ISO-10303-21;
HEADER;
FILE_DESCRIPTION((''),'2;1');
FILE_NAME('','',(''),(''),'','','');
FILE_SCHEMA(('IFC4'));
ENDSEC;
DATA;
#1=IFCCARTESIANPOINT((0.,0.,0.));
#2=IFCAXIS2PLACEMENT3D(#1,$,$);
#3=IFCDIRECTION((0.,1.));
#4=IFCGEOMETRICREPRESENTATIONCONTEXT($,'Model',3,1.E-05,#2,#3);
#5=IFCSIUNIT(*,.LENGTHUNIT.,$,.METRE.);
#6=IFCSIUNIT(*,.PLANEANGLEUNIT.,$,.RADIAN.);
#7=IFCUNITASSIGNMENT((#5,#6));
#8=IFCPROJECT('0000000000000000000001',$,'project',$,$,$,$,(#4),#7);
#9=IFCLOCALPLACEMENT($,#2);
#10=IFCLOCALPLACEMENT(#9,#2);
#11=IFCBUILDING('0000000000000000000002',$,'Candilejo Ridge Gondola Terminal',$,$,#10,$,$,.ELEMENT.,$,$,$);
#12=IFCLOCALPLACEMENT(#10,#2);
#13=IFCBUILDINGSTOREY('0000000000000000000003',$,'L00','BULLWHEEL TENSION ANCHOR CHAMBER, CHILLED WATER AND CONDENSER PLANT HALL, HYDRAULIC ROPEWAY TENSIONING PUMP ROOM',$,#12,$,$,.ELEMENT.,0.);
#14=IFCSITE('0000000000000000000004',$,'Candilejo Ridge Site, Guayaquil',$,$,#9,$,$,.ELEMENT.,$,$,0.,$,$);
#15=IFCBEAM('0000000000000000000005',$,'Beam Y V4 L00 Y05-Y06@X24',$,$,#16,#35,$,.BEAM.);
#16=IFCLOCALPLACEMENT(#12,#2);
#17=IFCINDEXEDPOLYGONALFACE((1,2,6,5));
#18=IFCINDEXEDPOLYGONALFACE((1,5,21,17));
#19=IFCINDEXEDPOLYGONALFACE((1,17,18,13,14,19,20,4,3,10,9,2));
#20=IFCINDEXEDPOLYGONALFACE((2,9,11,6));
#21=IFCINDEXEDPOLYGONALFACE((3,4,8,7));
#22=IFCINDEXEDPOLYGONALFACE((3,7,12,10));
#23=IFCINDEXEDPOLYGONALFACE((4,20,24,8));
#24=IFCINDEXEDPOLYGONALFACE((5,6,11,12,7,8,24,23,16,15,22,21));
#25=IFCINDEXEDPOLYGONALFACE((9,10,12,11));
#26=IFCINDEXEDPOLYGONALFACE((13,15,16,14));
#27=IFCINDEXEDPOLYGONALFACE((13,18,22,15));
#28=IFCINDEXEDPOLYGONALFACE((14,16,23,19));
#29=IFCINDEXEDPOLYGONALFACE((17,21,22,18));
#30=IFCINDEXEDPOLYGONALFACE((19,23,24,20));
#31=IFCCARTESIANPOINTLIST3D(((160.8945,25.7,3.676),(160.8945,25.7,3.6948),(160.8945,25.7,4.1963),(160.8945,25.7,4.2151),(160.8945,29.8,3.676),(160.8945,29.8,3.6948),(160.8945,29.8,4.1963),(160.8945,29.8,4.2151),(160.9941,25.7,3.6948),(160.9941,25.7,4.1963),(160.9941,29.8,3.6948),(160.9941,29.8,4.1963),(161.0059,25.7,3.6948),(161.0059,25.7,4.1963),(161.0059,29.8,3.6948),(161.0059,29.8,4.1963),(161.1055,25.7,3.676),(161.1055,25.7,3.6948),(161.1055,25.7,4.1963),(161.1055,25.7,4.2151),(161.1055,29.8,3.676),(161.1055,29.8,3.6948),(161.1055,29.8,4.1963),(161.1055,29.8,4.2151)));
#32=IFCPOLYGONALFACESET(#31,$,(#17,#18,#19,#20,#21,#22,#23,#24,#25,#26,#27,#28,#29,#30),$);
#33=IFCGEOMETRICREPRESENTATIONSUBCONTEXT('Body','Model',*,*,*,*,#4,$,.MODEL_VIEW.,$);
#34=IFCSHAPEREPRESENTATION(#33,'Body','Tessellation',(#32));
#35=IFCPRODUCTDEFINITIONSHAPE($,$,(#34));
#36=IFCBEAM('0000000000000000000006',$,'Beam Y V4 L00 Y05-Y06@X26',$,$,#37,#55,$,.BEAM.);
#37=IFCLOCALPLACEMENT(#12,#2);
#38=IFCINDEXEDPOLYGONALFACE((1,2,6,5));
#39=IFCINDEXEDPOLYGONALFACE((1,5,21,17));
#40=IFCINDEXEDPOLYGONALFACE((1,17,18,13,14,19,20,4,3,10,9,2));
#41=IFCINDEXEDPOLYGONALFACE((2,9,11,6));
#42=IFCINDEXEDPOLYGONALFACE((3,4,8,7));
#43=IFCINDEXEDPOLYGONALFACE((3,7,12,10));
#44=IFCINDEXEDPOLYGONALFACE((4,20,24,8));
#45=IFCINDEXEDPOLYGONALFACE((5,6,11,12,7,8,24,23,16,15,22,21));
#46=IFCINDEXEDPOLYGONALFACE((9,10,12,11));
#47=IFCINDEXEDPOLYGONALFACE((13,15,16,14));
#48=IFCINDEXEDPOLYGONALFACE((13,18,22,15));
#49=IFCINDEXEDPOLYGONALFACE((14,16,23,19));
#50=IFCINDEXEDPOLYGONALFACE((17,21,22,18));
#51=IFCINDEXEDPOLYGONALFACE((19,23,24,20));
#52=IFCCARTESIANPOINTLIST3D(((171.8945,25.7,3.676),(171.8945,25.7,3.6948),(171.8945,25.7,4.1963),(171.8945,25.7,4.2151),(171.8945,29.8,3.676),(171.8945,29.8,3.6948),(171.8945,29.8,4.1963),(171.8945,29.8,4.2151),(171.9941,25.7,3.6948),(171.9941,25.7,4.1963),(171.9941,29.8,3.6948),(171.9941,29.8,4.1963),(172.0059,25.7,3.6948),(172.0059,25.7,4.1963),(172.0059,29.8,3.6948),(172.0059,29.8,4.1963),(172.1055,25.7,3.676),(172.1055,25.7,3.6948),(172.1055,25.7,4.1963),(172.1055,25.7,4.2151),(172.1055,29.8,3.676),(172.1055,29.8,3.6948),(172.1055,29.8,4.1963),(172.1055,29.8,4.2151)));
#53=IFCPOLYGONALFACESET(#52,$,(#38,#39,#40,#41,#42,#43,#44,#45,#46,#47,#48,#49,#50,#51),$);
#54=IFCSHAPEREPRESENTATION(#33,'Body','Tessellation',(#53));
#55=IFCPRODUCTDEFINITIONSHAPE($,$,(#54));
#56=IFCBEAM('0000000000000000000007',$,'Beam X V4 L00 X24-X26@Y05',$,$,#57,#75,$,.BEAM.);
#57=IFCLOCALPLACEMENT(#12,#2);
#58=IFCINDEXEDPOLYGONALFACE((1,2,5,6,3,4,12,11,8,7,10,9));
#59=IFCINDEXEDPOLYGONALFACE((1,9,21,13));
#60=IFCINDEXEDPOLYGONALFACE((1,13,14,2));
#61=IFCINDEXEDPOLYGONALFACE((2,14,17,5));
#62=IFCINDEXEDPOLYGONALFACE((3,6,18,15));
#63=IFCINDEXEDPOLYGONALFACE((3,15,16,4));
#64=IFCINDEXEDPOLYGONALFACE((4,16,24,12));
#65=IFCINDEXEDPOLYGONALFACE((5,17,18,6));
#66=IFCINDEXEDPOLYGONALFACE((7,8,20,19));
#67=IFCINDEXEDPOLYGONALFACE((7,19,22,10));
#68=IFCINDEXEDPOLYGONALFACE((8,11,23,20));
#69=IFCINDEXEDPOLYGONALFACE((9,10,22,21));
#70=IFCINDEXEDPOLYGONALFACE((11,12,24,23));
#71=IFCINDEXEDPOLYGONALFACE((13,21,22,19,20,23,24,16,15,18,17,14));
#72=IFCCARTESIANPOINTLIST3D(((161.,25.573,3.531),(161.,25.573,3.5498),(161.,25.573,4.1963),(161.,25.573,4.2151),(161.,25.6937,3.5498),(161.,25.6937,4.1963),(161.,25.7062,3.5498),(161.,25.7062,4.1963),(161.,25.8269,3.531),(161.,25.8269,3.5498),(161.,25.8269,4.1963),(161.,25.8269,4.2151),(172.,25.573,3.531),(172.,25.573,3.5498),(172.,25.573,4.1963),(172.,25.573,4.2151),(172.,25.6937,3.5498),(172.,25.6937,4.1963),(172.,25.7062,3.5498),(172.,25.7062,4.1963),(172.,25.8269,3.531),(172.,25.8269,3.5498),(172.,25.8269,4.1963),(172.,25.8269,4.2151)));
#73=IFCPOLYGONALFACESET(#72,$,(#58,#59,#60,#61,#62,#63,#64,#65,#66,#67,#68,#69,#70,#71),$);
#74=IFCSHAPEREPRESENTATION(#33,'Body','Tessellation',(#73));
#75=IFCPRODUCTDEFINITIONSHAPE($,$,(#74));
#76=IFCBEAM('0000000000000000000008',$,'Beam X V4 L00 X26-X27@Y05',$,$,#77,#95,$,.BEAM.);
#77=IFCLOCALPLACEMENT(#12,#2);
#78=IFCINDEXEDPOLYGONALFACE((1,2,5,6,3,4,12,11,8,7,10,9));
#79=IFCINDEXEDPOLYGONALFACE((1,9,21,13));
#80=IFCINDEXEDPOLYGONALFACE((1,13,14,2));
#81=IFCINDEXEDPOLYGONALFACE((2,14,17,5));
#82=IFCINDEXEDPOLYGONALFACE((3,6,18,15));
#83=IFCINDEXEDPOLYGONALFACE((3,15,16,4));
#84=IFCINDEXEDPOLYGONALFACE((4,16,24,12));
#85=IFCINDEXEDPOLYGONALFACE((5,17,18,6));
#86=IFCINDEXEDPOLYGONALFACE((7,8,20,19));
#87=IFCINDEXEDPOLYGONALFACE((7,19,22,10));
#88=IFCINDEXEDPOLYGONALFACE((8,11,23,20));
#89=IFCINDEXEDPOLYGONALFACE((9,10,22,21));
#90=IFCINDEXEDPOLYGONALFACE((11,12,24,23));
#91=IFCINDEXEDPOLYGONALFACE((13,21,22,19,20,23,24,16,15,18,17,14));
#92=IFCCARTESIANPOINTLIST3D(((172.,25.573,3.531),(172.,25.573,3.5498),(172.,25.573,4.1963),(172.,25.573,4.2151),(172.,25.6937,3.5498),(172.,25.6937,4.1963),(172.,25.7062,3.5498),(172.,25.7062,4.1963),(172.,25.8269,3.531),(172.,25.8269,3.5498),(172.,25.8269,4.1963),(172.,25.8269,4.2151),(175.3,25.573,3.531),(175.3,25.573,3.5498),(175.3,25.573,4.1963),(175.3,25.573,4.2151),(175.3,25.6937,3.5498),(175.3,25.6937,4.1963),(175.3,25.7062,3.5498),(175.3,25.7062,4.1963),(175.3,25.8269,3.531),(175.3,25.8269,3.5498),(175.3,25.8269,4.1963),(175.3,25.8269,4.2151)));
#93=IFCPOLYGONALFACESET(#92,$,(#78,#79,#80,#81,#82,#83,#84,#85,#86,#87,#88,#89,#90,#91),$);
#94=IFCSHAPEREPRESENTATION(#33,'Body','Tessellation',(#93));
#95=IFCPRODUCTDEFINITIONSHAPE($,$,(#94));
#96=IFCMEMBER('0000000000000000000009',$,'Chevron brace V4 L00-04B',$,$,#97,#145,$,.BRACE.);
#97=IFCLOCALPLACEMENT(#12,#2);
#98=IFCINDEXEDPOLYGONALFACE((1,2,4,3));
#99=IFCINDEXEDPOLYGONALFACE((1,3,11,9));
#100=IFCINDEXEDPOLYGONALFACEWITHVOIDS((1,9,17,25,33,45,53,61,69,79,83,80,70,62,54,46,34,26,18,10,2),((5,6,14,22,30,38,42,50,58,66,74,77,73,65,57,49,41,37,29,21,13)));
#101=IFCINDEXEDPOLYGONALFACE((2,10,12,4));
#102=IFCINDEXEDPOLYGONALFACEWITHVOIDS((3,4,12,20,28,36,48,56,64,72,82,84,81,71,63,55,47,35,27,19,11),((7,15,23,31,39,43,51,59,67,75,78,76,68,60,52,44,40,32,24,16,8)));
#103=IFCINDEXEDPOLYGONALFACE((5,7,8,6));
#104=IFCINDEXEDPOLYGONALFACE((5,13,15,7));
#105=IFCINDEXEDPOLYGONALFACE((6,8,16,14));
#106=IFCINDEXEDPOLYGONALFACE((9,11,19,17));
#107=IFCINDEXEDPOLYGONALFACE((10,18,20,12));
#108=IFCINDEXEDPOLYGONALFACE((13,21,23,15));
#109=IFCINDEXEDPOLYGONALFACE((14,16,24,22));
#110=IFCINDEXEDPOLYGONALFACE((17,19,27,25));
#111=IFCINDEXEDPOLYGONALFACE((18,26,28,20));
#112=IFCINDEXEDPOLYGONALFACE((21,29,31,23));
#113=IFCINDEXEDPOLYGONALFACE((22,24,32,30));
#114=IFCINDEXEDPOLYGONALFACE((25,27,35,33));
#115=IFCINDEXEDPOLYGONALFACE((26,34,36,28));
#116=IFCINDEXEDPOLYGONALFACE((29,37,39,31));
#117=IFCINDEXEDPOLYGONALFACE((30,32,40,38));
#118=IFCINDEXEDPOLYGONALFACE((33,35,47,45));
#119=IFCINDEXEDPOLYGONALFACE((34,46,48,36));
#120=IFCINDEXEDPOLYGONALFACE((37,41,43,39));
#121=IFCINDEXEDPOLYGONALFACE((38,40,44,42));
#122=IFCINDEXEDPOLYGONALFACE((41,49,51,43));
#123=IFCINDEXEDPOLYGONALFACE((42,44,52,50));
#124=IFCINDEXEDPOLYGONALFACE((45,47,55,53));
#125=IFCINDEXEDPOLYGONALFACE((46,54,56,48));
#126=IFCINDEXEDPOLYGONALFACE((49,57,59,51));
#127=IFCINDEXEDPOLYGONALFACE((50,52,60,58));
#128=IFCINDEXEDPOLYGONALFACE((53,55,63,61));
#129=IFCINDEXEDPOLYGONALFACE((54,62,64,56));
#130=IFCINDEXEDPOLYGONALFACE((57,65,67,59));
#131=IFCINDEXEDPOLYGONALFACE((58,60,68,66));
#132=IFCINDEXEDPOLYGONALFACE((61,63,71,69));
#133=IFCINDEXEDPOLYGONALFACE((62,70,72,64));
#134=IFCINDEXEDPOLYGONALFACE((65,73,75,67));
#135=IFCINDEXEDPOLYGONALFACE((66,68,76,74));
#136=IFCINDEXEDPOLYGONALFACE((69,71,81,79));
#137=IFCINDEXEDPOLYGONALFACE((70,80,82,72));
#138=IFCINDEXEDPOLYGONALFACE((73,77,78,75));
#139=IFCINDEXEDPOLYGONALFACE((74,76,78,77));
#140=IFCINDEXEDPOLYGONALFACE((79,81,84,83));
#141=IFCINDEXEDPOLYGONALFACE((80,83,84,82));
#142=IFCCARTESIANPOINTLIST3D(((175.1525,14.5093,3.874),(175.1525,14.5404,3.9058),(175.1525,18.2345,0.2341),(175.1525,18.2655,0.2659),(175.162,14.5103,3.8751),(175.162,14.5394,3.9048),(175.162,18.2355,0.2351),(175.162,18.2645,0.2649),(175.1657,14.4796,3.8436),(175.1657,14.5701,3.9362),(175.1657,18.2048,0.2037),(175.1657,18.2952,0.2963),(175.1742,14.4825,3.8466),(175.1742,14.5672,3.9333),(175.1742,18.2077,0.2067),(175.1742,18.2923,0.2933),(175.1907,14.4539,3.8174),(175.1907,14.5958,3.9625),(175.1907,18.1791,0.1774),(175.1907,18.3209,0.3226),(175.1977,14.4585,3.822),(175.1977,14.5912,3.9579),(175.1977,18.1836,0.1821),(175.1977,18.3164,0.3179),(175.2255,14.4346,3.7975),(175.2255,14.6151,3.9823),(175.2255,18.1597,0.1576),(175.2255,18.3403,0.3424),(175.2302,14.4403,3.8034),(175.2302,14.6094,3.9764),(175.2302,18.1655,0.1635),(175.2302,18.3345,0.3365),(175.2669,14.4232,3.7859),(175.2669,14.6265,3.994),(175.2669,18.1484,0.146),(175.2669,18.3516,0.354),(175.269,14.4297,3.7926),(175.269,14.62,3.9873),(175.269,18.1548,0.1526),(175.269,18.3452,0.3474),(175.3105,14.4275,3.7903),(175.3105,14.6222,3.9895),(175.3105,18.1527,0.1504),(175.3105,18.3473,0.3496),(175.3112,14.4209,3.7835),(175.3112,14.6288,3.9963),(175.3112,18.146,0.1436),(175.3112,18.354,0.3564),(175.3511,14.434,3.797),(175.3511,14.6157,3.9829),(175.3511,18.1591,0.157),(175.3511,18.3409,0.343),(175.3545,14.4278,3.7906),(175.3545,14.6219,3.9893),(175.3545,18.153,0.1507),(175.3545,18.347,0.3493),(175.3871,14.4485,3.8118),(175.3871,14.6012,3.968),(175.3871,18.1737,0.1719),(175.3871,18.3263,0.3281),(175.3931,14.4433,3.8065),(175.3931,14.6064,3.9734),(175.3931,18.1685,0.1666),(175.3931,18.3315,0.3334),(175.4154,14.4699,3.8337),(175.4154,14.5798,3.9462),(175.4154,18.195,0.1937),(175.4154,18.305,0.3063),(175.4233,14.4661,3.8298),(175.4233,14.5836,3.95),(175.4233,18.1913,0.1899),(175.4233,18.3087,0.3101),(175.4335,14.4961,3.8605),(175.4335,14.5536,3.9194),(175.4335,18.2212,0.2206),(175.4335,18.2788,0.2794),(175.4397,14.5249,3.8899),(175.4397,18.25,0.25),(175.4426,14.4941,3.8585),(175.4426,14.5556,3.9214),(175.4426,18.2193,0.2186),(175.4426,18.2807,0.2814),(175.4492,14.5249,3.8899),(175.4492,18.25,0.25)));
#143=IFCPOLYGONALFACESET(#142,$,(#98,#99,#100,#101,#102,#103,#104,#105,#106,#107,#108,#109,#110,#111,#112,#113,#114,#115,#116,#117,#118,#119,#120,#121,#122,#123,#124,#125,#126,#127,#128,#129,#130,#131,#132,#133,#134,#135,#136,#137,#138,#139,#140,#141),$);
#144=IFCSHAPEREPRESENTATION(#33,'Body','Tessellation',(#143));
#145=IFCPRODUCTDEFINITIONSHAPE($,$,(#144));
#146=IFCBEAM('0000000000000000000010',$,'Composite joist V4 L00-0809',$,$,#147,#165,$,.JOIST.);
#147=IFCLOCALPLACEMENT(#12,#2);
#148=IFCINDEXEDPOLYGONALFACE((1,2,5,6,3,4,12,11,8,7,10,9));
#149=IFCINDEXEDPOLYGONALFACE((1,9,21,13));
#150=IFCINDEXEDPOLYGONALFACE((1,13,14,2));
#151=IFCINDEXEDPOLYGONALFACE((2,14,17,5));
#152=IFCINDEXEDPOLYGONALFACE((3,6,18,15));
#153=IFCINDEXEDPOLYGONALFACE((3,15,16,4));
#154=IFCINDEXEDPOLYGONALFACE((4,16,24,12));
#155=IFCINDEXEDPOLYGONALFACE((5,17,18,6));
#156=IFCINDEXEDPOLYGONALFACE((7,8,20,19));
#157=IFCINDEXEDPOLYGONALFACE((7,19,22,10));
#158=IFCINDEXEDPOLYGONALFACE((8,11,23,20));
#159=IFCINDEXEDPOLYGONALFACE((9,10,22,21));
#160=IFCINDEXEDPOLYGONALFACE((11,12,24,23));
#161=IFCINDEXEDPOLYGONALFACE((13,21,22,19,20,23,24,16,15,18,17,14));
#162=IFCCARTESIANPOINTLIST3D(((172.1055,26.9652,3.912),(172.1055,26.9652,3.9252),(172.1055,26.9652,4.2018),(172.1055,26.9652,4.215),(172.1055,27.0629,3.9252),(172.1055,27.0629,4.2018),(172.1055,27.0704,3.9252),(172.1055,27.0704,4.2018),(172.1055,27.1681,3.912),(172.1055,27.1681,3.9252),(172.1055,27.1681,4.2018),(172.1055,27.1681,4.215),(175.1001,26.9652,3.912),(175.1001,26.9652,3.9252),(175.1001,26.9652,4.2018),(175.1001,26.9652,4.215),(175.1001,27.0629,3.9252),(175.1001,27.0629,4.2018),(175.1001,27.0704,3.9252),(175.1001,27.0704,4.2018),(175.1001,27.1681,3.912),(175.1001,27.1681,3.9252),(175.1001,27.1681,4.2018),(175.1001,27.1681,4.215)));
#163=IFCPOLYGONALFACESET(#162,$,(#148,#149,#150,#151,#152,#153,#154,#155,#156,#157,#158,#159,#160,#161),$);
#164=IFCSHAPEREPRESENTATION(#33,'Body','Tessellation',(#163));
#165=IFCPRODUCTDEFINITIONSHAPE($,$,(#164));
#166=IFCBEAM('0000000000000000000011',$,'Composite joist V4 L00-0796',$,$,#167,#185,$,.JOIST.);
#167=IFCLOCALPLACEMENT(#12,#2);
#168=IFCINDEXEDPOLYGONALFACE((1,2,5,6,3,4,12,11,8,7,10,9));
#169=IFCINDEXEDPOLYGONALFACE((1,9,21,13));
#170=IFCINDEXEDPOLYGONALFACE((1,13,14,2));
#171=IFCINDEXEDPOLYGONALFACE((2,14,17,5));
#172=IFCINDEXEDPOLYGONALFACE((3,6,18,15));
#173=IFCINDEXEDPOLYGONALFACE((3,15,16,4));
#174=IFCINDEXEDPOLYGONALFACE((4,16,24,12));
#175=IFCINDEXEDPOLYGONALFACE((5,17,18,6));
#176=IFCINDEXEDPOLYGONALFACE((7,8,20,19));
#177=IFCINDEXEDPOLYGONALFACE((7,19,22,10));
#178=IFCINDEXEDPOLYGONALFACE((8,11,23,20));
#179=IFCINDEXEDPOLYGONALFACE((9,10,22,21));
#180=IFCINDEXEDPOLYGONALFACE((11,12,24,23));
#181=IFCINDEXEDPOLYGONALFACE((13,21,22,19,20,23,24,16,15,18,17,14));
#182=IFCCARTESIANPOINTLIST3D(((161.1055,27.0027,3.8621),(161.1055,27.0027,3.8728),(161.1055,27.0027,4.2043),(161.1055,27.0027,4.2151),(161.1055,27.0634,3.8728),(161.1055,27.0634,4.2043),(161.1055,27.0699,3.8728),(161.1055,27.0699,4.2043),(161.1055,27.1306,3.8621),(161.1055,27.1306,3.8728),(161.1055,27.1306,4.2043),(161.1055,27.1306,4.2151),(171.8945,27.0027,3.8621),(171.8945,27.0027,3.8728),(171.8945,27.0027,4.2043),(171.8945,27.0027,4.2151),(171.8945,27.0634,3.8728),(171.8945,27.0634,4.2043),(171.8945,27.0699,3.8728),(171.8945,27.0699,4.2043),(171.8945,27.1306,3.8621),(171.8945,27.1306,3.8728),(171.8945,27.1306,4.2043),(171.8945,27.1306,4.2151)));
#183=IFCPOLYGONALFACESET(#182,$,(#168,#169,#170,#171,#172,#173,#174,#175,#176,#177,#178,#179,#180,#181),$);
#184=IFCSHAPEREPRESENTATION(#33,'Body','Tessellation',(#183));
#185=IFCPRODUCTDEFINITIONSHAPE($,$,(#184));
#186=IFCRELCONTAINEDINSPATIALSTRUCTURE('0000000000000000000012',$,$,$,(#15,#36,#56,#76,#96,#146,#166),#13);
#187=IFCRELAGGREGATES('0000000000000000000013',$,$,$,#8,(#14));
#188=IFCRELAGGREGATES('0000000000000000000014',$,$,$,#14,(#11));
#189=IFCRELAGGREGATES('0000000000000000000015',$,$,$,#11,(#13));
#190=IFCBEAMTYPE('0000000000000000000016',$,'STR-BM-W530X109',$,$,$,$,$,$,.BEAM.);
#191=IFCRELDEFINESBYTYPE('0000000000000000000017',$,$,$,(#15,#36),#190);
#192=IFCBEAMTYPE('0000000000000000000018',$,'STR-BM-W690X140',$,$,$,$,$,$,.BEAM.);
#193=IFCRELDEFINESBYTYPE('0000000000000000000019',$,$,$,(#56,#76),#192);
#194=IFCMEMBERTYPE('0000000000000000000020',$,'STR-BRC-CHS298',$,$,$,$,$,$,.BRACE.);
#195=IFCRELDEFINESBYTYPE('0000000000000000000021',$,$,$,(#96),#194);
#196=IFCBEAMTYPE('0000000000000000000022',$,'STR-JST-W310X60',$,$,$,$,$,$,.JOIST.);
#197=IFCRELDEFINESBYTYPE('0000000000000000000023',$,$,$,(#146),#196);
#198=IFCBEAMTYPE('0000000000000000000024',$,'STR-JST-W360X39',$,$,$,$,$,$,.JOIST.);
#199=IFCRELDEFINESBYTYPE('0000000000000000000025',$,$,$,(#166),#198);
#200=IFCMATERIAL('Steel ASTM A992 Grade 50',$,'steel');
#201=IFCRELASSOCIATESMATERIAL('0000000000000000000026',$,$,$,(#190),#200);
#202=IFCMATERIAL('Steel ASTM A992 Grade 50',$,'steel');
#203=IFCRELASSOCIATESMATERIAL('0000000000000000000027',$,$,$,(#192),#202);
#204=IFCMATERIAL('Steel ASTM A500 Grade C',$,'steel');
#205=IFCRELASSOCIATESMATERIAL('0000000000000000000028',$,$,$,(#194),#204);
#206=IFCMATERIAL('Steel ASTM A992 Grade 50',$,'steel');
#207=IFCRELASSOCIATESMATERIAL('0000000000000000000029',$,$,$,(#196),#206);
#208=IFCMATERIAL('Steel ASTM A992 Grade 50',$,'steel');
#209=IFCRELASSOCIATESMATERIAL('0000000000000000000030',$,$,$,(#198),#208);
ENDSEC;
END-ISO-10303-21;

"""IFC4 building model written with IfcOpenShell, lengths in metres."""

from ifc_helpers import new_model, si_unit, direction, frame, origin, origin_2d, place, context, subcontext, project, spatial, hollow_circle, i_section, extrude, material, material_profile, profile_set, type_object, element, save


model = new_model("IFC4")

# Units and contexts
model_context = context("Model", 3, precision=1e-05, world=origin(), true_north=direction((0.0, 1.0)))
body_context = subcontext(model_context, "Body", "Model", "MODEL_VIEW")
ifc_project = project(units=[si_unit("LENGTHUNIT", "METRE"), si_unit("PLANEANGLEUNIT", "RADIAN")], contexts=[model_context])

# Site, building, storey
site_placement = place(None, origin())
site = spatial("IfcSite", under=ifc_project, at=site_placement, Name="Candilejo Ridge Site, Guayaquil", CompositionType="ELEMENT", RefElevation=0.0)
building_placement = place(site_placement, origin())
building = spatial("IfcBuilding", under=site, at=building_placement, Name="Candilejo Ridge Gondola Terminal", CompositionType="ELEMENT")
storey_placement = place(building_placement, origin())
storey = spatial("IfcBuildingStorey", under=building, at=storey_placement, Name="L00", Description="BULLWHEEL TENSION ANCHOR CHAMBER, CHILLED WATER AND CONDENSER PLANT HALL, HYDRAULIC ROPEWAY TENSIONING PUMP ROOM", CompositionType="ELEMENT", Elevation=0.0)

# Beams
ifc_material_1 = material(Name="Steel ASTM A992 Grade 50", Category="steel")
ifc_material_profile_1 = material_profile(ifc_material_1, i_section(OverallWidth=0.2109, OverallDepth=0.5391, WebThickness=0.0117, FlangeThickness=0.0188, at=origin_2d()))
ifc_profile_set_1 = profile_set([ifc_material_profile_1], Name="Steel ASTM A992 Grade 50")
beam_type_1 = type_object("IfcBeamType", Name="STR-BM-W530X109", PredefinedType="BEAM", material=ifc_profile_set_1)
for number, where, z_axis, x_axis, name in (
    (1, (161.0, 25.7, 3.9456), (0.0, 1.0, 0.0), (-1.0, 0.0, 0.0), "Beam Y V4 L00 Y05-Y06@X24"),
    (2, (172.0, 25.7, 3.9456), (0.0, 1.0, 0.0), (-1.0, 0.0, 0.0), "Beam Y V4 L00 Y05-Y06@X26"),
):
    element("IfcBeam", number, at=place(storey_placement, frame(where, z_axis=z_axis, x_axis=x_axis)), inside=storey, type_object=beam_type_1, Name=name, PredefinedType="BEAM", context=body_context, shape_type="SweptSolid", body=[
        extrude(i_section(OverallWidth=0.2109, OverallDepth=0.5391, WebThickness=0.0117, FlangeThickness=0.0188, at=origin_2d()), origin(), (0.0, 0.0, 1.0), 4.1001),
    ])
ifc_material_2 = material(Name="Steel ASTM A992 Grade 50", Category="steel")
ifc_material_profile_2 = material_profile(ifc_material_2, i_section(OverallWidth=0.2539, OverallDepth=0.6841, WebThickness=0.0125, FlangeThickness=0.0188, at=origin_2d()))
ifc_profile_set_2 = profile_set([ifc_material_profile_2], Name="Steel ASTM A992 Grade 50")
beam_type_2 = type_object("IfcBeamType", Name="STR-BM-W690X140", PredefinedType="BEAM", material=ifc_profile_set_2)
beam_1_placement = place(storey_placement, frame((161.0, 25.7, 3.873), z_axis=(1.0, 0.0, 0.0), x_axis=(0.0, 1.0, 0.0)))
element("IfcBeam", 3, at=beam_1_placement, inside=storey, type_object=beam_type_2, Name="Beam X V4 L00 X24-X26@Y05", PredefinedType="BEAM", context=body_context, shape_type="SweptSolid", body=[
    extrude(i_section(OverallWidth=0.2539, OverallDepth=0.6841, WebThickness=0.0125, FlangeThickness=0.0188, at=origin_2d()), origin(), (0.0, 0.0, 1.0), 11.0),
])
beam_2_placement = place(storey_placement, frame((172.0, 25.7, 3.873), z_axis=(1.0, 0.0, 0.0), x_axis=(0.0, 1.0, 0.0)))
element("IfcBeam", 4, at=beam_2_placement, inside=storey, type_object=beam_type_2, Name="Beam X V4 L00 X26-X27@Y05", PredefinedType="BEAM", context=body_context, shape_type="SweptSolid", body=[
    extrude(i_section(OverallWidth=0.2539, OverallDepth=0.6841, WebThickness=0.0125, FlangeThickness=0.0188, at=origin_2d()), origin(), (0.0, 0.0, 1.0), 3.3),
])

# Member
ifc_material_3 = material(Name="Steel ASTM A500 Grade C", Category="steel")
ifc_material_profile_3 = material_profile(ifc_material_3, hollow_circle(Radius=0.1492, WallThickness=0.0095, at=origin_2d()))
ifc_profile_set_3 = profile_set([ifc_material_profile_3], Name="Steel ASTM A500 Grade C")
member_type = type_object("IfcMemberType", Name="STR-BRC-CHS298", PredefinedType="BRACE", material=ifc_profile_set_3)
member_placement = place(storey_placement, frame((175.3, 18.25, 0.25), z_axis=(0.0, -0.715239, 0.69888), x_axis=(1.0, 0.0, 0.0)))
element("IfcMember", 5, at=member_placement, inside=storey, type_object=member_type, Name="Chevron brace V4 L00-04B", PredefinedType="BRACE", context=body_context, shape_type="SweptSolid", body=[
    extrude(hollow_circle(Radius=0.1492, WallThickness=0.0095, at=origin_2d()), origin(), (0.0, 0.0, 1.0), 5.2083),
])

# Beams
ifc_material_4 = material(Name="Steel ASTM A992 Grade 50", Category="steel")
ifc_material_profile_4 = material_profile(ifc_material_4, i_section(OverallWidth=0.2029, OverallDepth=0.303, WebThickness=0.0076, FlangeThickness=0.0132, at=origin_2d()))
ifc_profile_set_4 = profile_set([ifc_material_profile_4], Name="Steel ASTM A992 Grade 50")
beam_type_3 = type_object("IfcBeamType", Name="STR-JST-W310X60", PredefinedType="JOIST", material=ifc_profile_set_4)
beam_3_placement = place(storey_placement, frame((172.1055, 27.0667, 4.0635), z_axis=(1.0, 0.0, 0.0), x_axis=(0.0, 1.0, 0.0)))
element("IfcBeam", 6, at=beam_3_placement, inside=storey, type_object=beam_type_3, Name="Composite joist V4 L00-0809", PredefinedType="JOIST", context=body_context, shape_type="SweptSolid", body=[
    extrude(i_section(OverallWidth=0.2029, OverallDepth=0.303, WebThickness=0.0076, FlangeThickness=0.0132, at=origin_2d()), origin(), (0.0, 0.0, 1.0), 2.9946),
])
ifc_material_5 = material(Name="Steel ASTM A992 Grade 50", Category="steel")
ifc_material_profile_5 = material_profile(ifc_material_5, i_section(OverallWidth=0.1279, OverallDepth=0.353, WebThickness=0.0066, FlangeThickness=0.0107, at=origin_2d()))
ifc_profile_set_5 = profile_set([ifc_material_profile_5], Name="Steel ASTM A992 Grade 50")
beam_type_4 = type_object("IfcBeamType", Name="STR-JST-W360X39", PredefinedType="JOIST", material=ifc_profile_set_5)
beam_4_placement = place(storey_placement, frame((161.1055, 27.0667, 4.0386), z_axis=(1.0, 0.0, 0.0), x_axis=(0.0, 1.0, 0.0)))
element("IfcBeam", 7, at=beam_4_placement, inside=storey, type_object=beam_type_4, Name="Composite joist V4 L00-0796", PredefinedType="JOIST", context=body_context, shape_type="SweptSolid", body=[
    extrude(i_section(OverallWidth=0.1279, OverallDepth=0.353, WebThickness=0.0066, FlangeThickness=0.0107, at=origin_2d()), origin(), (0.0, 0.0, 1.0), 10.7891),
])

save(model, "model.ifc")
